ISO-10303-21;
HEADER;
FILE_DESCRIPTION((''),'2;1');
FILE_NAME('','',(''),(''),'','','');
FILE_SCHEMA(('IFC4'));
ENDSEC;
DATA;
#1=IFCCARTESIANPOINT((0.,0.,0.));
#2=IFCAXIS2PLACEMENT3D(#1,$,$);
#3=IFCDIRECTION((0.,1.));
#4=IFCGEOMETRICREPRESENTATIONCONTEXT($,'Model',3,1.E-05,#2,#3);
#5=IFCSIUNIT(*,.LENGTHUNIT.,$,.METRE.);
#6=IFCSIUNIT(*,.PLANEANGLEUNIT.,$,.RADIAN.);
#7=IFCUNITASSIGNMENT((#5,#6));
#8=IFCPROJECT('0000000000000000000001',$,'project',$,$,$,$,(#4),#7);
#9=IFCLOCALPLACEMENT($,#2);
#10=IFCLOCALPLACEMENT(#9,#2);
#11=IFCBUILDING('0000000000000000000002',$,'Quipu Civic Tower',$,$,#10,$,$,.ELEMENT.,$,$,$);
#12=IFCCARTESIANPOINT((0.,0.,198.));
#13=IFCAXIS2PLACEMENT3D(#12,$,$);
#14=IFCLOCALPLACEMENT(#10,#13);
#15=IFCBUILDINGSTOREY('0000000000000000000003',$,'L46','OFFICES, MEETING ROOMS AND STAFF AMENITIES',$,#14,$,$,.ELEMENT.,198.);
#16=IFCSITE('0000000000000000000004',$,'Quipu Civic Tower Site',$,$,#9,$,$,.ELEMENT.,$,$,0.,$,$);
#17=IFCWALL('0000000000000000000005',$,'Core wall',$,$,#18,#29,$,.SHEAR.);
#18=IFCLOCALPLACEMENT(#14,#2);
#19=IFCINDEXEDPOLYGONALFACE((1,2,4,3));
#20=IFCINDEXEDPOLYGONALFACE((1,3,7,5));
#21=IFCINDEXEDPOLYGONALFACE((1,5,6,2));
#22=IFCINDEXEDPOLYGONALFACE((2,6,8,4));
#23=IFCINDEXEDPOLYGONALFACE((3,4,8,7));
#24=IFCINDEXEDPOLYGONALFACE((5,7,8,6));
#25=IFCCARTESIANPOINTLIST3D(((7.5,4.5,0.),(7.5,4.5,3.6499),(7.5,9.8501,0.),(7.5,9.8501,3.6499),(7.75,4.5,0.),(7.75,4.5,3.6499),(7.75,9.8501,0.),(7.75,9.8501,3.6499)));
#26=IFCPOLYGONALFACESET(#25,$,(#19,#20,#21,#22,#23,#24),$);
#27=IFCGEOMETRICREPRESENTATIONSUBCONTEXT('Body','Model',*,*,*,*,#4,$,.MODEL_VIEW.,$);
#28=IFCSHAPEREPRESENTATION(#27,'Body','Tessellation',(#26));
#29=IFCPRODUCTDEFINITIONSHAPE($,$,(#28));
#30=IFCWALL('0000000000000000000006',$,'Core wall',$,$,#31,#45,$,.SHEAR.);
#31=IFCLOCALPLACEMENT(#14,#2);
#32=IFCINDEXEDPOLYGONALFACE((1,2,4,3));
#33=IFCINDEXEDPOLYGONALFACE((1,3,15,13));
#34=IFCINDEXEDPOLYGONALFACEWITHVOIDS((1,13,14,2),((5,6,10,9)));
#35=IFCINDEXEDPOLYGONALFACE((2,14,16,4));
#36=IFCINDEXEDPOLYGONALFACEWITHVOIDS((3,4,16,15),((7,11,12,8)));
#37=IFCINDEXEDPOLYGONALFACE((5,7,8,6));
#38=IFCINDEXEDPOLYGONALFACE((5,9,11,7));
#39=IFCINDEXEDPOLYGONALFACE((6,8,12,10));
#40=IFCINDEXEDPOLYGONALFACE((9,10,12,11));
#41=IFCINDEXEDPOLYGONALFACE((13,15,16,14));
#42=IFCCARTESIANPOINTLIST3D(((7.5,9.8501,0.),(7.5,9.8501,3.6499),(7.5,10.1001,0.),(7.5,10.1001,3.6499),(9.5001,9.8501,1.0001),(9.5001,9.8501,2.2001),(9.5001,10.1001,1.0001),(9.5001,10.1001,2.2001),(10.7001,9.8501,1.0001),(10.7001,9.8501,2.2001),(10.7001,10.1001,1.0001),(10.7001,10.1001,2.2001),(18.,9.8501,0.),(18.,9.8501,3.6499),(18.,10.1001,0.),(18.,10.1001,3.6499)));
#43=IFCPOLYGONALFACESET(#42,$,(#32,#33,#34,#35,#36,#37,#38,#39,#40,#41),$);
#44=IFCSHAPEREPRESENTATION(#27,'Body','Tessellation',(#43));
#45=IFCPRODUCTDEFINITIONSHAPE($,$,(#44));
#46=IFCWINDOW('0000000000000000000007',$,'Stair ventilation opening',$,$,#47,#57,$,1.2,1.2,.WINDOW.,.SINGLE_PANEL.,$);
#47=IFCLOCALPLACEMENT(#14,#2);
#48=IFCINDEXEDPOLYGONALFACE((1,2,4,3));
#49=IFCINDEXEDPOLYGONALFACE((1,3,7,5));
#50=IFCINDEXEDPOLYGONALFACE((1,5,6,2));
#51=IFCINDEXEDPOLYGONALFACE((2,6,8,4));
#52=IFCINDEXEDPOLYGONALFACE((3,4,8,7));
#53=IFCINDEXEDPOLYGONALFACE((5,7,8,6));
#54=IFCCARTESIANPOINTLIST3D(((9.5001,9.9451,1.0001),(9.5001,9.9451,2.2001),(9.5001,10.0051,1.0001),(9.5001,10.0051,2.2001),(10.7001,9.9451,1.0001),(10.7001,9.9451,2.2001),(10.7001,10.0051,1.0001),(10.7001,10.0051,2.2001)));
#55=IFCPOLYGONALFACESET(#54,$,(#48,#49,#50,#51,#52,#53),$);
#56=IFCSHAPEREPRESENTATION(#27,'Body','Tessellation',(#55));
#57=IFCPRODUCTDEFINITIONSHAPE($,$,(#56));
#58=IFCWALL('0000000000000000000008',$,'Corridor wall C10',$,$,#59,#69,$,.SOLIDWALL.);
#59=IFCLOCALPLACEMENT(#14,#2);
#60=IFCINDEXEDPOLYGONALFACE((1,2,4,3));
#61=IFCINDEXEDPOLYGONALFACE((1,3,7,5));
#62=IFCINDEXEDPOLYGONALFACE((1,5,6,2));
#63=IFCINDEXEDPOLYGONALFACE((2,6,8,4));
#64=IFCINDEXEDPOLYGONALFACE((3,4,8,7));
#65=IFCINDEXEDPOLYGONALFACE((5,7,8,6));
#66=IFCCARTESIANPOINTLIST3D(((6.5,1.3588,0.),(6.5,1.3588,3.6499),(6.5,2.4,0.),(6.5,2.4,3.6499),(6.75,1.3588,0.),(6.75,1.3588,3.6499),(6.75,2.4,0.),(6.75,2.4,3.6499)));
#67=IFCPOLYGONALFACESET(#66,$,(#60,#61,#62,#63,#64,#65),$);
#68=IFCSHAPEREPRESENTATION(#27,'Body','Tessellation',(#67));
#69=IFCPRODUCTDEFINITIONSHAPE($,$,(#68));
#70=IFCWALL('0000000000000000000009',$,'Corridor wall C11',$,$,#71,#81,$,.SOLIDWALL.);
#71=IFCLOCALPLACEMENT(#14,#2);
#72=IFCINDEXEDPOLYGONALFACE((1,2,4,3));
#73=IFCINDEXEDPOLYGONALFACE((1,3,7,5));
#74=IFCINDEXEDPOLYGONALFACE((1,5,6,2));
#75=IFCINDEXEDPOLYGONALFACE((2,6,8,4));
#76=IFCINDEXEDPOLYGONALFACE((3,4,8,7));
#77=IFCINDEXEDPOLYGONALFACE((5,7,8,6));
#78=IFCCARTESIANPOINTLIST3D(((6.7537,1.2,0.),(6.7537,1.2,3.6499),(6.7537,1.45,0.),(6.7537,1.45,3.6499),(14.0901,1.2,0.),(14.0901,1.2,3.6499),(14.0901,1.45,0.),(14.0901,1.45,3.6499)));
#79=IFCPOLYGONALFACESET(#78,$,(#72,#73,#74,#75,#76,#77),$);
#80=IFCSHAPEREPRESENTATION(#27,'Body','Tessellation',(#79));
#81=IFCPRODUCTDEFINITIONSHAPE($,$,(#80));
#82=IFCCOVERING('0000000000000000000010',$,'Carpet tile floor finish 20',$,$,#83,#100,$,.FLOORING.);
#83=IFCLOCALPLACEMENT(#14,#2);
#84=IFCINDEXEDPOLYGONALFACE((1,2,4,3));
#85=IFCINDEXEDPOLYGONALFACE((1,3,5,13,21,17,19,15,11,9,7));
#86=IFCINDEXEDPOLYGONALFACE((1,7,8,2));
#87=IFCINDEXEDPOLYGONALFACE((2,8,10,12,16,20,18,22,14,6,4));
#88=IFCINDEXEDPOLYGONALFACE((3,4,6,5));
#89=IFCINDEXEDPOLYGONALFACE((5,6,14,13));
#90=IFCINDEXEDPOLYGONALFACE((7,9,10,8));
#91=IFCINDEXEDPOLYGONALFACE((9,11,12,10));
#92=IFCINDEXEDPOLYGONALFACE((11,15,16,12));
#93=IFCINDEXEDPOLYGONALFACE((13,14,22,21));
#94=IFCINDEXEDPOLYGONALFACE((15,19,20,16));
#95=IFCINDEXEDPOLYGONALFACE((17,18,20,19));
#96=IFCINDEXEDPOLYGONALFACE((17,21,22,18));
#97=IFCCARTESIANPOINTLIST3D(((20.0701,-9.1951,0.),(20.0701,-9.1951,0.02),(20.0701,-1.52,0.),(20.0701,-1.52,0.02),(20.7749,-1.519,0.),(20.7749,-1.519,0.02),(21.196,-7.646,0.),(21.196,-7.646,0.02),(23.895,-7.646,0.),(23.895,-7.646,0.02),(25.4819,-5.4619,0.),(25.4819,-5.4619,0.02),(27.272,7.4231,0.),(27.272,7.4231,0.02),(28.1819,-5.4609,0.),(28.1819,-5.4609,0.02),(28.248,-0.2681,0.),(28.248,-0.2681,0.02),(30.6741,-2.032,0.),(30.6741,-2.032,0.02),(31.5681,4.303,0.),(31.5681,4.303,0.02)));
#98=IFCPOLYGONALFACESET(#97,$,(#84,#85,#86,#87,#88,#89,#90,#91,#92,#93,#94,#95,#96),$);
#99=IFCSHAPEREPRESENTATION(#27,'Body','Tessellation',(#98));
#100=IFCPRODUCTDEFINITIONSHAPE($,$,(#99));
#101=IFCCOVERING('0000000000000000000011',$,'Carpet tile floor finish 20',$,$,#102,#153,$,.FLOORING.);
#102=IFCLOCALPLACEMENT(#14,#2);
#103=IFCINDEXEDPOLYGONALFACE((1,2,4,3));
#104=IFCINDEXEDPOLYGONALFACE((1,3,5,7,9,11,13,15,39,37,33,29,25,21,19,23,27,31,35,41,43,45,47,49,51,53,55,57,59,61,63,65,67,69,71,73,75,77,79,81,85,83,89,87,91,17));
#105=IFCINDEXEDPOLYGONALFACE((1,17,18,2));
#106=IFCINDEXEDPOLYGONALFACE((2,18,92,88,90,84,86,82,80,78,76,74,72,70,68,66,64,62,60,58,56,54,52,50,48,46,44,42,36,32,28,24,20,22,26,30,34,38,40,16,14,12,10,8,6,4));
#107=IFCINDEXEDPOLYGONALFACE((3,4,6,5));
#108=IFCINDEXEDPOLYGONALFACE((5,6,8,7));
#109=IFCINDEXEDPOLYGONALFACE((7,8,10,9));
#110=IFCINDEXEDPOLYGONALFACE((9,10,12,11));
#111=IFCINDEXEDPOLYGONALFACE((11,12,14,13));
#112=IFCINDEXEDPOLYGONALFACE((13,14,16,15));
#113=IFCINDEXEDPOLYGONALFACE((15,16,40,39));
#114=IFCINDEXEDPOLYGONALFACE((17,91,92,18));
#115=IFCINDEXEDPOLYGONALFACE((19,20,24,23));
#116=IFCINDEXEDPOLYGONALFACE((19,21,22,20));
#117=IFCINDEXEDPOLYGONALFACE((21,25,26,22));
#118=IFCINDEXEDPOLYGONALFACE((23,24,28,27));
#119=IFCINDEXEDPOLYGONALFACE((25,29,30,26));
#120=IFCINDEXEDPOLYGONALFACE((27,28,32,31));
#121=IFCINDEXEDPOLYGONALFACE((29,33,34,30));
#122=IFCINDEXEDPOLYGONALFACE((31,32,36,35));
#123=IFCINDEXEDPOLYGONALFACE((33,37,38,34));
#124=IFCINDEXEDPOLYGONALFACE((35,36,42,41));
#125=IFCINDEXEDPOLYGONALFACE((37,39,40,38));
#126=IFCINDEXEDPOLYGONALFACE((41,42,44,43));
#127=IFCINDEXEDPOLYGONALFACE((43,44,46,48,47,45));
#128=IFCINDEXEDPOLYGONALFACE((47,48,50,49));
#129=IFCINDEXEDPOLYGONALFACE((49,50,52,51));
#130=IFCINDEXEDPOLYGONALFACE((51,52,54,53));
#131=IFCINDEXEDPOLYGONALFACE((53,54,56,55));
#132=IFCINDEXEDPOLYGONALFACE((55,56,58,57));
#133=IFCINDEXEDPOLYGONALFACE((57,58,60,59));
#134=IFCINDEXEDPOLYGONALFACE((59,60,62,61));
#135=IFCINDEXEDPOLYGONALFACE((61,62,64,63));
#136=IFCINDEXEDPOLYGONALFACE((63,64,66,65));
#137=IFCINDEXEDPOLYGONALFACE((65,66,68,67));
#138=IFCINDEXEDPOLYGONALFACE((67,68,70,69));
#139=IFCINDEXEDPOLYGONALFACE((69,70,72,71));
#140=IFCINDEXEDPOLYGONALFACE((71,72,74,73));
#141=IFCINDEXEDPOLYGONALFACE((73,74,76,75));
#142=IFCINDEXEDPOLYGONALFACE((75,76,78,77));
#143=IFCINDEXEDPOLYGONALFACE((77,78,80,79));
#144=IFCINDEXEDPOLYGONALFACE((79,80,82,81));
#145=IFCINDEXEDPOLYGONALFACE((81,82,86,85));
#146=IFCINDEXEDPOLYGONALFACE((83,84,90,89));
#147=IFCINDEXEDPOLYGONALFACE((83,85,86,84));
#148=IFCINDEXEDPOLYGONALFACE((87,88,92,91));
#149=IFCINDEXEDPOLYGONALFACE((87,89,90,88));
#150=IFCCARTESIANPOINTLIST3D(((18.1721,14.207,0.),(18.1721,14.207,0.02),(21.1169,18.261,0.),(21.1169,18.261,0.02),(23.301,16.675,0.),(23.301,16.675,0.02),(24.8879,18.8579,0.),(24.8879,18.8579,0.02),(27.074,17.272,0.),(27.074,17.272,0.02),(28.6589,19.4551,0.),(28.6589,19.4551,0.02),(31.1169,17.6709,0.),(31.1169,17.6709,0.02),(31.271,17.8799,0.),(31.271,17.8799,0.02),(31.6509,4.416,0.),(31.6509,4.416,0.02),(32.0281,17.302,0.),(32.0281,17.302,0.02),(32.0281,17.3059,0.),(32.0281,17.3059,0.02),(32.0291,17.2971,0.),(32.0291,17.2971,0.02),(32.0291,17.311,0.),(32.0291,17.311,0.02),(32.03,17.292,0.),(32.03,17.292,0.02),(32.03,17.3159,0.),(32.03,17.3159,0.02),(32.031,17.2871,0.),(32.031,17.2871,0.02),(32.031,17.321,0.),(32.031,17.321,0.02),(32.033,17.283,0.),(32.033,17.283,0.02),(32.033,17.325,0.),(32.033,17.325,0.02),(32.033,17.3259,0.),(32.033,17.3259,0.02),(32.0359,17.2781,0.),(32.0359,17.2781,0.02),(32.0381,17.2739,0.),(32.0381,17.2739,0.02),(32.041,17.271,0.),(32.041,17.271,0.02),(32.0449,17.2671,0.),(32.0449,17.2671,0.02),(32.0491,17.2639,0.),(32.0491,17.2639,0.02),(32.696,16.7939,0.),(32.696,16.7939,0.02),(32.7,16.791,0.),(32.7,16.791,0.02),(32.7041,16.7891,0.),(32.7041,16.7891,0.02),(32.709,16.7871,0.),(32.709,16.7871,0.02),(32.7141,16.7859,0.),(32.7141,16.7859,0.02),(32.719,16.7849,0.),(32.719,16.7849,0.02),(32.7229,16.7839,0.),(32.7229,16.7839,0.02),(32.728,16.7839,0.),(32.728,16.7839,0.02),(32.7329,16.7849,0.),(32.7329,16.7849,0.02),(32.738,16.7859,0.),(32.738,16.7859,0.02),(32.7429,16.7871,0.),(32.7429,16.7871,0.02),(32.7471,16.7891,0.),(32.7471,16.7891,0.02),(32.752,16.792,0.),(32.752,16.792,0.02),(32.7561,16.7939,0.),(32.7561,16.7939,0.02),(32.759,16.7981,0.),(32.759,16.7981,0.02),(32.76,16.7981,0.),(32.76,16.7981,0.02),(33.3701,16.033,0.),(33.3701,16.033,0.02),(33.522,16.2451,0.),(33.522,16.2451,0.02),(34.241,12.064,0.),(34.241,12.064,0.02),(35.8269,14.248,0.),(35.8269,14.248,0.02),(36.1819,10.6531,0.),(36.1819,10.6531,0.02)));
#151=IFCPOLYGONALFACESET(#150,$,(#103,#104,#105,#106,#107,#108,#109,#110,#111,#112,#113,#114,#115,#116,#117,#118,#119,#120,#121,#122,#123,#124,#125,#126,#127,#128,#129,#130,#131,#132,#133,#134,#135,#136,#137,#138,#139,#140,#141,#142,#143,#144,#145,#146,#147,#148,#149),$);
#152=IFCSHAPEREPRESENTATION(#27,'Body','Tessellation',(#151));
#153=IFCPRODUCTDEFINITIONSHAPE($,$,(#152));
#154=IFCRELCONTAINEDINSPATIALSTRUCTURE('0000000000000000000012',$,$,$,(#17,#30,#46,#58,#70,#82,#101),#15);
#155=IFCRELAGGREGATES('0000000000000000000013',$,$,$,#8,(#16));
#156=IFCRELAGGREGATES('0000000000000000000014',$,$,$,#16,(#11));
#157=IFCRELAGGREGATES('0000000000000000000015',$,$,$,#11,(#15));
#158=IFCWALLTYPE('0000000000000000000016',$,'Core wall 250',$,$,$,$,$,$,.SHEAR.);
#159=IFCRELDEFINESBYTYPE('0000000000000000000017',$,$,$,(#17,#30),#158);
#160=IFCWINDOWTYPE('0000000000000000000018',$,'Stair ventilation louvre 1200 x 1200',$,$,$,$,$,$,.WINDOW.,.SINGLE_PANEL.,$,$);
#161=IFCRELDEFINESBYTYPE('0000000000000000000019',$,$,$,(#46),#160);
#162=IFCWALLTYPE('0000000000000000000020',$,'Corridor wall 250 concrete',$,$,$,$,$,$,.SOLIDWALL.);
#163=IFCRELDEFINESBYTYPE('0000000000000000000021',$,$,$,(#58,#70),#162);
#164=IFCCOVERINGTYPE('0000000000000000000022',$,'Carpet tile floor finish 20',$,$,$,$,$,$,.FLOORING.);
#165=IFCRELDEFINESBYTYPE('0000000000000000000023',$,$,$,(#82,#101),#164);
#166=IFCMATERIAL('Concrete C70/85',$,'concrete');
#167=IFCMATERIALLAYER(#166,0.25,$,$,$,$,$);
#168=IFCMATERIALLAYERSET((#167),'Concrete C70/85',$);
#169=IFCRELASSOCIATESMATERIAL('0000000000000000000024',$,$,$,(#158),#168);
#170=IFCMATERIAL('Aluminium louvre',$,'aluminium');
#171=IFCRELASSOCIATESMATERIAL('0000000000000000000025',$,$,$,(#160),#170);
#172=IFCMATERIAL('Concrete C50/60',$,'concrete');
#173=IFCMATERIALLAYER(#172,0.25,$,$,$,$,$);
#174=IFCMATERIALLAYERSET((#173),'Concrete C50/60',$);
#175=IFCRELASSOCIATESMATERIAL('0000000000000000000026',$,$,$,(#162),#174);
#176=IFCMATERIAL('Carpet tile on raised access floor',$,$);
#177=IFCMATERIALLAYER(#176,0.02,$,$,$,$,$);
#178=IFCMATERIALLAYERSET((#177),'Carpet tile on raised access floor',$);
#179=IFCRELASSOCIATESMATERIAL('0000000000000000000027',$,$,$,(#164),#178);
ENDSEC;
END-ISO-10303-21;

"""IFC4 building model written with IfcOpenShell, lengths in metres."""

from ifc_helpers import new_model, si_unit, direction, frame, frame_2d, origin, place, context, subcontext, project, spatial, polyline, rectangle, outline, extrude, material, layer, layer_set, type_object, element, fill, save


model = new_model("IFC4")

# Units and contexts
model_context = context("Model", 3, precision=1e-05, world=origin(), true_north=direction((0.0, 1.0)))
body_context = subcontext(model_context, "Body", "Model", "MODEL_VIEW")
ifc_project = project(units=[si_unit("LENGTHUNIT", "METRE"), si_unit("PLANEANGLEUNIT", "RADIAN")], contexts=[model_context])

# Site, building, storey
site_placement = place(None, origin())
site = spatial("IfcSite", under=ifc_project, at=site_placement, Name="Quipu Civic Tower Site", CompositionType="ELEMENT", RefElevation=0.0)
building_placement = place(site_placement, origin())
building = spatial("IfcBuilding", under=site, at=building_placement, Name="Quipu Civic Tower", CompositionType="ELEMENT")
storey_placement = place(building_placement, frame((0.0, 0.0, 198.0)))
storey = spatial("IfcBuildingStorey", under=building, at=storey_placement, Name="L46", Description="OFFICES, MEETING ROOMS AND STAFF AMENITIES", CompositionType="ELEMENT", Elevation=198.0)

# Shared definitions
ifc_material_1 = material(Name="Concrete C70/85", Category="concrete")
ifc_layer_1 = layer(ifc_material_1, 0.25)
ifc_layer_set_1 = layer_set([ifc_layer_1], Name="Concrete C70/85")
wall_type_1 = type_object("IfcWallType", Name="Core wall 250", PredefinedType="SHEAR", material=ifc_layer_set_1)

# Wall
wall_1_placement = place(storey_placement, frame((7.625, 4.5, 0.0), z_axis=(0.0, 0.0, 1.0), x_axis=(0.0, 1.0, 0.0)))
element("IfcWall", 1, at=wall_1_placement, inside=storey, type_object=wall_type_1, Name="Core wall", PredefinedType="SHEAR", context=body_context, shape_type="SweptSolid", body=[
    extrude(rectangle(XDim=5.3501, YDim=0.25, at=frame_2d((2.675, 0.0))), origin(), (0.0, 0.0, 1.0), 3.6499),
])

# Wall, opening, window
wall_2_placement = place(storey_placement, frame((7.5, 9.9751, 0.0), z_axis=(0.0, 0.0, 1.0), x_axis=(1.0, 0.0, 0.0)))
wall_2 = element("IfcWall", 2, at=wall_2_placement, inside=storey, type_object=wall_type_1, Name="Core wall", PredefinedType="SHEAR", context=body_context, shape_type="SweptSolid", body=[
    extrude(rectangle(XDim=10.5, YDim=0.25, at=frame_2d((5.25, 0.0))), origin(), (0.0, 0.0, 1.0), 3.6499),
])
opening_1_placement = place(wall_2_placement, frame((2.0, 0.0, 1.0)))
opening_1 = element("IfcOpeningElement", 3, at=opening_1_placement, cuts=wall_2, PredefinedType="OPENING", context=body_context, shape_type="SweptSolid", body=[
    extrude(rectangle(XDim=1.2, YDim=1.2, at=frame_2d((0.6001, 0.6001))), frame((0.0, 0.135, 0.0), z_axis=(0.0, -1.0, 0.0), x_axis=(1.0, 0.0, 0.0)), (0.0, 0.0, 1.0), 0.27),
])
ifc_material_2 = material(Name="Aluminium louvre", Category="aluminium")
window_type = type_object("IfcWindowType", Name="Stair ventilation louvre 1200 x 1200", PartitioningType="SINGLE_PANEL", PredefinedType="WINDOW", material=ifc_material_2)
window_placement = place(opening_1_placement, origin())
window = element("IfcWindow", 4, at=window_placement, inside=storey, type_object=window_type, Name="Stair ventilation opening", OverallHeight=1.2, OverallWidth=1.2, PartitioningType="SINGLE_PANEL", PredefinedType="WINDOW", context=body_context, shape_type="SweptSolid", body=[
    extrude(rectangle(XDim=1.2, YDim=1.2, at=frame_2d((0.6001, 0.6001))), frame((0.0, 0.03, 0.0), z_axis=(0.0, -1.0, 0.0), x_axis=(1.0, 0.0, 0.0)), (0.0, 0.0, 1.0), 0.0601),
])
fill(opening_1, window)

# Walls
ifc_material_3 = material(Name="Concrete C50/60", Category="concrete")
ifc_layer_2 = layer(ifc_material_3, 0.25)
ifc_layer_set_2 = layer_set([ifc_layer_2], Name="Concrete C50/60")
wall_type_2 = type_object("IfcWallType", Name="Corridor wall 250 concrete", PredefinedType="SOLIDWALL", material=ifc_layer_set_2)
wall_3_placement = place(storey_placement, frame((6.625, 2.3999, 0.0), z_axis=(0.0, 0.0, 1.0), x_axis=(0.0, -1.0, 0.0)))
element("IfcWall", 5, at=wall_3_placement, inside=storey, type_object=wall_type_2, Name="Corridor wall C10", PredefinedType="SOLIDWALL", context=body_context, shape_type="SweptSolid", body=[
    extrude(rectangle(XDim=1.0413, YDim=0.25, at=frame_2d((0.5205, 0.0))), origin(), (0.0, 0.0, 1.0), 3.6499),
])
wall_4_placement = place(storey_placement, frame((6.7537, 1.325, 0.0), z_axis=(0.0, 0.0, 1.0), x_axis=(1.0, 0.0, 0.0)))
element("IfcWall", 6, at=wall_4_placement, inside=storey, type_object=wall_type_2, Name="Corridor wall C11", PredefinedType="SOLIDWALL", context=body_context, shape_type="SweptSolid", body=[
    extrude(rectangle(XDim=7.3364, YDim=0.25, at=frame_2d((3.6682, 0.0))), origin(), (0.0, 0.0, 1.0), 3.6499),
])

# Coverings
ifc_material_4 = material(Name="Carpet tile on raised access floor")
ifc_layer_3 = layer(ifc_material_4, 0.02)
ifc_layer_set_3 = layer_set([ifc_layer_3], Name="Carpet tile on raised access floor")
covering_type_1 = type_object("IfcCoveringType", Name="Carpet tile floor finish 20", PredefinedType="FLOORING", material=ifc_layer_set_3)
covering_1_placement = place(storey_placement, origin())
element("IfcCovering", 7, at=covering_1_placement, inside=storey, type_object=covering_type_1, Name="Carpet tile floor finish 20", PredefinedType="FLOORING", context=body_context, shape_type="SweptSolid", body=[
    extrude(outline(polyline([(20.0701, -9.1951), (20.0701, -1.52), (20.7749, -1.519), (27.272, 7.4231), (31.5681, 4.303), (28.248, -0.2681), (30.6741, -2.032), (28.1819, -5.4609), (25.4819, -5.4619), (23.895, -7.646), (21.196, -7.646), (20.0701, -9.1951)])), origin(), (0.0, 0.0, 1.0), 0.02),
])
covering_2_placement = place(storey_placement, origin())
element("IfcCovering", 8, at=covering_2_placement, inside=storey, type_object=covering_type_1, Name="Carpet tile floor finish 20", PredefinedType="FLOORING", context=body_context, shape_type="SweptSolid", body=[
    extrude(outline(polyline([(18.1721, 14.207), (21.1169, 18.261), (23.301, 16.675), (24.8879, 18.8579), (27.074, 17.272), (28.6589, 19.4551), (31.1169, 17.6709), (31.271, 17.8799), (32.033, 17.3259), (32.033, 17.325), (32.031, 17.321), (32.03, 17.3159), (32.0291, 17.311), (32.0281, 17.3059), (32.0281, 17.302), (32.0291, 17.2971), (32.03, 17.292), (32.031, 17.2871), (32.033, 17.283), (32.0359, 17.2781), (32.0381, 17.2739), (32.041, 17.271), (32.0449, 17.2671), (32.0491, 17.2639), (32.696, 16.7939), (32.7, 16.791), (32.7041, 16.7891), (32.709, 16.7871), (32.7141, 16.7859), (32.719, 16.7849), (32.7229, 16.7839), (32.728, 16.7839), (32.7329, 16.7849), (32.738, 16.7859), (32.7429, 16.7871), (32.7471, 16.7891), (32.752, 16.792), (32.7561, 16.7939), (32.759, 16.7981), (32.76, 16.7981), (33.522, 16.2451), (33.3701, 16.033), (35.8269, 14.248), (34.241, 12.064), (36.1819, 10.6531), (31.6509, 4.416), (18.1721, 14.207)])), origin(), (0.0, 0.0, 1.0), 0.02),
])

save(model, "model.ifc")
